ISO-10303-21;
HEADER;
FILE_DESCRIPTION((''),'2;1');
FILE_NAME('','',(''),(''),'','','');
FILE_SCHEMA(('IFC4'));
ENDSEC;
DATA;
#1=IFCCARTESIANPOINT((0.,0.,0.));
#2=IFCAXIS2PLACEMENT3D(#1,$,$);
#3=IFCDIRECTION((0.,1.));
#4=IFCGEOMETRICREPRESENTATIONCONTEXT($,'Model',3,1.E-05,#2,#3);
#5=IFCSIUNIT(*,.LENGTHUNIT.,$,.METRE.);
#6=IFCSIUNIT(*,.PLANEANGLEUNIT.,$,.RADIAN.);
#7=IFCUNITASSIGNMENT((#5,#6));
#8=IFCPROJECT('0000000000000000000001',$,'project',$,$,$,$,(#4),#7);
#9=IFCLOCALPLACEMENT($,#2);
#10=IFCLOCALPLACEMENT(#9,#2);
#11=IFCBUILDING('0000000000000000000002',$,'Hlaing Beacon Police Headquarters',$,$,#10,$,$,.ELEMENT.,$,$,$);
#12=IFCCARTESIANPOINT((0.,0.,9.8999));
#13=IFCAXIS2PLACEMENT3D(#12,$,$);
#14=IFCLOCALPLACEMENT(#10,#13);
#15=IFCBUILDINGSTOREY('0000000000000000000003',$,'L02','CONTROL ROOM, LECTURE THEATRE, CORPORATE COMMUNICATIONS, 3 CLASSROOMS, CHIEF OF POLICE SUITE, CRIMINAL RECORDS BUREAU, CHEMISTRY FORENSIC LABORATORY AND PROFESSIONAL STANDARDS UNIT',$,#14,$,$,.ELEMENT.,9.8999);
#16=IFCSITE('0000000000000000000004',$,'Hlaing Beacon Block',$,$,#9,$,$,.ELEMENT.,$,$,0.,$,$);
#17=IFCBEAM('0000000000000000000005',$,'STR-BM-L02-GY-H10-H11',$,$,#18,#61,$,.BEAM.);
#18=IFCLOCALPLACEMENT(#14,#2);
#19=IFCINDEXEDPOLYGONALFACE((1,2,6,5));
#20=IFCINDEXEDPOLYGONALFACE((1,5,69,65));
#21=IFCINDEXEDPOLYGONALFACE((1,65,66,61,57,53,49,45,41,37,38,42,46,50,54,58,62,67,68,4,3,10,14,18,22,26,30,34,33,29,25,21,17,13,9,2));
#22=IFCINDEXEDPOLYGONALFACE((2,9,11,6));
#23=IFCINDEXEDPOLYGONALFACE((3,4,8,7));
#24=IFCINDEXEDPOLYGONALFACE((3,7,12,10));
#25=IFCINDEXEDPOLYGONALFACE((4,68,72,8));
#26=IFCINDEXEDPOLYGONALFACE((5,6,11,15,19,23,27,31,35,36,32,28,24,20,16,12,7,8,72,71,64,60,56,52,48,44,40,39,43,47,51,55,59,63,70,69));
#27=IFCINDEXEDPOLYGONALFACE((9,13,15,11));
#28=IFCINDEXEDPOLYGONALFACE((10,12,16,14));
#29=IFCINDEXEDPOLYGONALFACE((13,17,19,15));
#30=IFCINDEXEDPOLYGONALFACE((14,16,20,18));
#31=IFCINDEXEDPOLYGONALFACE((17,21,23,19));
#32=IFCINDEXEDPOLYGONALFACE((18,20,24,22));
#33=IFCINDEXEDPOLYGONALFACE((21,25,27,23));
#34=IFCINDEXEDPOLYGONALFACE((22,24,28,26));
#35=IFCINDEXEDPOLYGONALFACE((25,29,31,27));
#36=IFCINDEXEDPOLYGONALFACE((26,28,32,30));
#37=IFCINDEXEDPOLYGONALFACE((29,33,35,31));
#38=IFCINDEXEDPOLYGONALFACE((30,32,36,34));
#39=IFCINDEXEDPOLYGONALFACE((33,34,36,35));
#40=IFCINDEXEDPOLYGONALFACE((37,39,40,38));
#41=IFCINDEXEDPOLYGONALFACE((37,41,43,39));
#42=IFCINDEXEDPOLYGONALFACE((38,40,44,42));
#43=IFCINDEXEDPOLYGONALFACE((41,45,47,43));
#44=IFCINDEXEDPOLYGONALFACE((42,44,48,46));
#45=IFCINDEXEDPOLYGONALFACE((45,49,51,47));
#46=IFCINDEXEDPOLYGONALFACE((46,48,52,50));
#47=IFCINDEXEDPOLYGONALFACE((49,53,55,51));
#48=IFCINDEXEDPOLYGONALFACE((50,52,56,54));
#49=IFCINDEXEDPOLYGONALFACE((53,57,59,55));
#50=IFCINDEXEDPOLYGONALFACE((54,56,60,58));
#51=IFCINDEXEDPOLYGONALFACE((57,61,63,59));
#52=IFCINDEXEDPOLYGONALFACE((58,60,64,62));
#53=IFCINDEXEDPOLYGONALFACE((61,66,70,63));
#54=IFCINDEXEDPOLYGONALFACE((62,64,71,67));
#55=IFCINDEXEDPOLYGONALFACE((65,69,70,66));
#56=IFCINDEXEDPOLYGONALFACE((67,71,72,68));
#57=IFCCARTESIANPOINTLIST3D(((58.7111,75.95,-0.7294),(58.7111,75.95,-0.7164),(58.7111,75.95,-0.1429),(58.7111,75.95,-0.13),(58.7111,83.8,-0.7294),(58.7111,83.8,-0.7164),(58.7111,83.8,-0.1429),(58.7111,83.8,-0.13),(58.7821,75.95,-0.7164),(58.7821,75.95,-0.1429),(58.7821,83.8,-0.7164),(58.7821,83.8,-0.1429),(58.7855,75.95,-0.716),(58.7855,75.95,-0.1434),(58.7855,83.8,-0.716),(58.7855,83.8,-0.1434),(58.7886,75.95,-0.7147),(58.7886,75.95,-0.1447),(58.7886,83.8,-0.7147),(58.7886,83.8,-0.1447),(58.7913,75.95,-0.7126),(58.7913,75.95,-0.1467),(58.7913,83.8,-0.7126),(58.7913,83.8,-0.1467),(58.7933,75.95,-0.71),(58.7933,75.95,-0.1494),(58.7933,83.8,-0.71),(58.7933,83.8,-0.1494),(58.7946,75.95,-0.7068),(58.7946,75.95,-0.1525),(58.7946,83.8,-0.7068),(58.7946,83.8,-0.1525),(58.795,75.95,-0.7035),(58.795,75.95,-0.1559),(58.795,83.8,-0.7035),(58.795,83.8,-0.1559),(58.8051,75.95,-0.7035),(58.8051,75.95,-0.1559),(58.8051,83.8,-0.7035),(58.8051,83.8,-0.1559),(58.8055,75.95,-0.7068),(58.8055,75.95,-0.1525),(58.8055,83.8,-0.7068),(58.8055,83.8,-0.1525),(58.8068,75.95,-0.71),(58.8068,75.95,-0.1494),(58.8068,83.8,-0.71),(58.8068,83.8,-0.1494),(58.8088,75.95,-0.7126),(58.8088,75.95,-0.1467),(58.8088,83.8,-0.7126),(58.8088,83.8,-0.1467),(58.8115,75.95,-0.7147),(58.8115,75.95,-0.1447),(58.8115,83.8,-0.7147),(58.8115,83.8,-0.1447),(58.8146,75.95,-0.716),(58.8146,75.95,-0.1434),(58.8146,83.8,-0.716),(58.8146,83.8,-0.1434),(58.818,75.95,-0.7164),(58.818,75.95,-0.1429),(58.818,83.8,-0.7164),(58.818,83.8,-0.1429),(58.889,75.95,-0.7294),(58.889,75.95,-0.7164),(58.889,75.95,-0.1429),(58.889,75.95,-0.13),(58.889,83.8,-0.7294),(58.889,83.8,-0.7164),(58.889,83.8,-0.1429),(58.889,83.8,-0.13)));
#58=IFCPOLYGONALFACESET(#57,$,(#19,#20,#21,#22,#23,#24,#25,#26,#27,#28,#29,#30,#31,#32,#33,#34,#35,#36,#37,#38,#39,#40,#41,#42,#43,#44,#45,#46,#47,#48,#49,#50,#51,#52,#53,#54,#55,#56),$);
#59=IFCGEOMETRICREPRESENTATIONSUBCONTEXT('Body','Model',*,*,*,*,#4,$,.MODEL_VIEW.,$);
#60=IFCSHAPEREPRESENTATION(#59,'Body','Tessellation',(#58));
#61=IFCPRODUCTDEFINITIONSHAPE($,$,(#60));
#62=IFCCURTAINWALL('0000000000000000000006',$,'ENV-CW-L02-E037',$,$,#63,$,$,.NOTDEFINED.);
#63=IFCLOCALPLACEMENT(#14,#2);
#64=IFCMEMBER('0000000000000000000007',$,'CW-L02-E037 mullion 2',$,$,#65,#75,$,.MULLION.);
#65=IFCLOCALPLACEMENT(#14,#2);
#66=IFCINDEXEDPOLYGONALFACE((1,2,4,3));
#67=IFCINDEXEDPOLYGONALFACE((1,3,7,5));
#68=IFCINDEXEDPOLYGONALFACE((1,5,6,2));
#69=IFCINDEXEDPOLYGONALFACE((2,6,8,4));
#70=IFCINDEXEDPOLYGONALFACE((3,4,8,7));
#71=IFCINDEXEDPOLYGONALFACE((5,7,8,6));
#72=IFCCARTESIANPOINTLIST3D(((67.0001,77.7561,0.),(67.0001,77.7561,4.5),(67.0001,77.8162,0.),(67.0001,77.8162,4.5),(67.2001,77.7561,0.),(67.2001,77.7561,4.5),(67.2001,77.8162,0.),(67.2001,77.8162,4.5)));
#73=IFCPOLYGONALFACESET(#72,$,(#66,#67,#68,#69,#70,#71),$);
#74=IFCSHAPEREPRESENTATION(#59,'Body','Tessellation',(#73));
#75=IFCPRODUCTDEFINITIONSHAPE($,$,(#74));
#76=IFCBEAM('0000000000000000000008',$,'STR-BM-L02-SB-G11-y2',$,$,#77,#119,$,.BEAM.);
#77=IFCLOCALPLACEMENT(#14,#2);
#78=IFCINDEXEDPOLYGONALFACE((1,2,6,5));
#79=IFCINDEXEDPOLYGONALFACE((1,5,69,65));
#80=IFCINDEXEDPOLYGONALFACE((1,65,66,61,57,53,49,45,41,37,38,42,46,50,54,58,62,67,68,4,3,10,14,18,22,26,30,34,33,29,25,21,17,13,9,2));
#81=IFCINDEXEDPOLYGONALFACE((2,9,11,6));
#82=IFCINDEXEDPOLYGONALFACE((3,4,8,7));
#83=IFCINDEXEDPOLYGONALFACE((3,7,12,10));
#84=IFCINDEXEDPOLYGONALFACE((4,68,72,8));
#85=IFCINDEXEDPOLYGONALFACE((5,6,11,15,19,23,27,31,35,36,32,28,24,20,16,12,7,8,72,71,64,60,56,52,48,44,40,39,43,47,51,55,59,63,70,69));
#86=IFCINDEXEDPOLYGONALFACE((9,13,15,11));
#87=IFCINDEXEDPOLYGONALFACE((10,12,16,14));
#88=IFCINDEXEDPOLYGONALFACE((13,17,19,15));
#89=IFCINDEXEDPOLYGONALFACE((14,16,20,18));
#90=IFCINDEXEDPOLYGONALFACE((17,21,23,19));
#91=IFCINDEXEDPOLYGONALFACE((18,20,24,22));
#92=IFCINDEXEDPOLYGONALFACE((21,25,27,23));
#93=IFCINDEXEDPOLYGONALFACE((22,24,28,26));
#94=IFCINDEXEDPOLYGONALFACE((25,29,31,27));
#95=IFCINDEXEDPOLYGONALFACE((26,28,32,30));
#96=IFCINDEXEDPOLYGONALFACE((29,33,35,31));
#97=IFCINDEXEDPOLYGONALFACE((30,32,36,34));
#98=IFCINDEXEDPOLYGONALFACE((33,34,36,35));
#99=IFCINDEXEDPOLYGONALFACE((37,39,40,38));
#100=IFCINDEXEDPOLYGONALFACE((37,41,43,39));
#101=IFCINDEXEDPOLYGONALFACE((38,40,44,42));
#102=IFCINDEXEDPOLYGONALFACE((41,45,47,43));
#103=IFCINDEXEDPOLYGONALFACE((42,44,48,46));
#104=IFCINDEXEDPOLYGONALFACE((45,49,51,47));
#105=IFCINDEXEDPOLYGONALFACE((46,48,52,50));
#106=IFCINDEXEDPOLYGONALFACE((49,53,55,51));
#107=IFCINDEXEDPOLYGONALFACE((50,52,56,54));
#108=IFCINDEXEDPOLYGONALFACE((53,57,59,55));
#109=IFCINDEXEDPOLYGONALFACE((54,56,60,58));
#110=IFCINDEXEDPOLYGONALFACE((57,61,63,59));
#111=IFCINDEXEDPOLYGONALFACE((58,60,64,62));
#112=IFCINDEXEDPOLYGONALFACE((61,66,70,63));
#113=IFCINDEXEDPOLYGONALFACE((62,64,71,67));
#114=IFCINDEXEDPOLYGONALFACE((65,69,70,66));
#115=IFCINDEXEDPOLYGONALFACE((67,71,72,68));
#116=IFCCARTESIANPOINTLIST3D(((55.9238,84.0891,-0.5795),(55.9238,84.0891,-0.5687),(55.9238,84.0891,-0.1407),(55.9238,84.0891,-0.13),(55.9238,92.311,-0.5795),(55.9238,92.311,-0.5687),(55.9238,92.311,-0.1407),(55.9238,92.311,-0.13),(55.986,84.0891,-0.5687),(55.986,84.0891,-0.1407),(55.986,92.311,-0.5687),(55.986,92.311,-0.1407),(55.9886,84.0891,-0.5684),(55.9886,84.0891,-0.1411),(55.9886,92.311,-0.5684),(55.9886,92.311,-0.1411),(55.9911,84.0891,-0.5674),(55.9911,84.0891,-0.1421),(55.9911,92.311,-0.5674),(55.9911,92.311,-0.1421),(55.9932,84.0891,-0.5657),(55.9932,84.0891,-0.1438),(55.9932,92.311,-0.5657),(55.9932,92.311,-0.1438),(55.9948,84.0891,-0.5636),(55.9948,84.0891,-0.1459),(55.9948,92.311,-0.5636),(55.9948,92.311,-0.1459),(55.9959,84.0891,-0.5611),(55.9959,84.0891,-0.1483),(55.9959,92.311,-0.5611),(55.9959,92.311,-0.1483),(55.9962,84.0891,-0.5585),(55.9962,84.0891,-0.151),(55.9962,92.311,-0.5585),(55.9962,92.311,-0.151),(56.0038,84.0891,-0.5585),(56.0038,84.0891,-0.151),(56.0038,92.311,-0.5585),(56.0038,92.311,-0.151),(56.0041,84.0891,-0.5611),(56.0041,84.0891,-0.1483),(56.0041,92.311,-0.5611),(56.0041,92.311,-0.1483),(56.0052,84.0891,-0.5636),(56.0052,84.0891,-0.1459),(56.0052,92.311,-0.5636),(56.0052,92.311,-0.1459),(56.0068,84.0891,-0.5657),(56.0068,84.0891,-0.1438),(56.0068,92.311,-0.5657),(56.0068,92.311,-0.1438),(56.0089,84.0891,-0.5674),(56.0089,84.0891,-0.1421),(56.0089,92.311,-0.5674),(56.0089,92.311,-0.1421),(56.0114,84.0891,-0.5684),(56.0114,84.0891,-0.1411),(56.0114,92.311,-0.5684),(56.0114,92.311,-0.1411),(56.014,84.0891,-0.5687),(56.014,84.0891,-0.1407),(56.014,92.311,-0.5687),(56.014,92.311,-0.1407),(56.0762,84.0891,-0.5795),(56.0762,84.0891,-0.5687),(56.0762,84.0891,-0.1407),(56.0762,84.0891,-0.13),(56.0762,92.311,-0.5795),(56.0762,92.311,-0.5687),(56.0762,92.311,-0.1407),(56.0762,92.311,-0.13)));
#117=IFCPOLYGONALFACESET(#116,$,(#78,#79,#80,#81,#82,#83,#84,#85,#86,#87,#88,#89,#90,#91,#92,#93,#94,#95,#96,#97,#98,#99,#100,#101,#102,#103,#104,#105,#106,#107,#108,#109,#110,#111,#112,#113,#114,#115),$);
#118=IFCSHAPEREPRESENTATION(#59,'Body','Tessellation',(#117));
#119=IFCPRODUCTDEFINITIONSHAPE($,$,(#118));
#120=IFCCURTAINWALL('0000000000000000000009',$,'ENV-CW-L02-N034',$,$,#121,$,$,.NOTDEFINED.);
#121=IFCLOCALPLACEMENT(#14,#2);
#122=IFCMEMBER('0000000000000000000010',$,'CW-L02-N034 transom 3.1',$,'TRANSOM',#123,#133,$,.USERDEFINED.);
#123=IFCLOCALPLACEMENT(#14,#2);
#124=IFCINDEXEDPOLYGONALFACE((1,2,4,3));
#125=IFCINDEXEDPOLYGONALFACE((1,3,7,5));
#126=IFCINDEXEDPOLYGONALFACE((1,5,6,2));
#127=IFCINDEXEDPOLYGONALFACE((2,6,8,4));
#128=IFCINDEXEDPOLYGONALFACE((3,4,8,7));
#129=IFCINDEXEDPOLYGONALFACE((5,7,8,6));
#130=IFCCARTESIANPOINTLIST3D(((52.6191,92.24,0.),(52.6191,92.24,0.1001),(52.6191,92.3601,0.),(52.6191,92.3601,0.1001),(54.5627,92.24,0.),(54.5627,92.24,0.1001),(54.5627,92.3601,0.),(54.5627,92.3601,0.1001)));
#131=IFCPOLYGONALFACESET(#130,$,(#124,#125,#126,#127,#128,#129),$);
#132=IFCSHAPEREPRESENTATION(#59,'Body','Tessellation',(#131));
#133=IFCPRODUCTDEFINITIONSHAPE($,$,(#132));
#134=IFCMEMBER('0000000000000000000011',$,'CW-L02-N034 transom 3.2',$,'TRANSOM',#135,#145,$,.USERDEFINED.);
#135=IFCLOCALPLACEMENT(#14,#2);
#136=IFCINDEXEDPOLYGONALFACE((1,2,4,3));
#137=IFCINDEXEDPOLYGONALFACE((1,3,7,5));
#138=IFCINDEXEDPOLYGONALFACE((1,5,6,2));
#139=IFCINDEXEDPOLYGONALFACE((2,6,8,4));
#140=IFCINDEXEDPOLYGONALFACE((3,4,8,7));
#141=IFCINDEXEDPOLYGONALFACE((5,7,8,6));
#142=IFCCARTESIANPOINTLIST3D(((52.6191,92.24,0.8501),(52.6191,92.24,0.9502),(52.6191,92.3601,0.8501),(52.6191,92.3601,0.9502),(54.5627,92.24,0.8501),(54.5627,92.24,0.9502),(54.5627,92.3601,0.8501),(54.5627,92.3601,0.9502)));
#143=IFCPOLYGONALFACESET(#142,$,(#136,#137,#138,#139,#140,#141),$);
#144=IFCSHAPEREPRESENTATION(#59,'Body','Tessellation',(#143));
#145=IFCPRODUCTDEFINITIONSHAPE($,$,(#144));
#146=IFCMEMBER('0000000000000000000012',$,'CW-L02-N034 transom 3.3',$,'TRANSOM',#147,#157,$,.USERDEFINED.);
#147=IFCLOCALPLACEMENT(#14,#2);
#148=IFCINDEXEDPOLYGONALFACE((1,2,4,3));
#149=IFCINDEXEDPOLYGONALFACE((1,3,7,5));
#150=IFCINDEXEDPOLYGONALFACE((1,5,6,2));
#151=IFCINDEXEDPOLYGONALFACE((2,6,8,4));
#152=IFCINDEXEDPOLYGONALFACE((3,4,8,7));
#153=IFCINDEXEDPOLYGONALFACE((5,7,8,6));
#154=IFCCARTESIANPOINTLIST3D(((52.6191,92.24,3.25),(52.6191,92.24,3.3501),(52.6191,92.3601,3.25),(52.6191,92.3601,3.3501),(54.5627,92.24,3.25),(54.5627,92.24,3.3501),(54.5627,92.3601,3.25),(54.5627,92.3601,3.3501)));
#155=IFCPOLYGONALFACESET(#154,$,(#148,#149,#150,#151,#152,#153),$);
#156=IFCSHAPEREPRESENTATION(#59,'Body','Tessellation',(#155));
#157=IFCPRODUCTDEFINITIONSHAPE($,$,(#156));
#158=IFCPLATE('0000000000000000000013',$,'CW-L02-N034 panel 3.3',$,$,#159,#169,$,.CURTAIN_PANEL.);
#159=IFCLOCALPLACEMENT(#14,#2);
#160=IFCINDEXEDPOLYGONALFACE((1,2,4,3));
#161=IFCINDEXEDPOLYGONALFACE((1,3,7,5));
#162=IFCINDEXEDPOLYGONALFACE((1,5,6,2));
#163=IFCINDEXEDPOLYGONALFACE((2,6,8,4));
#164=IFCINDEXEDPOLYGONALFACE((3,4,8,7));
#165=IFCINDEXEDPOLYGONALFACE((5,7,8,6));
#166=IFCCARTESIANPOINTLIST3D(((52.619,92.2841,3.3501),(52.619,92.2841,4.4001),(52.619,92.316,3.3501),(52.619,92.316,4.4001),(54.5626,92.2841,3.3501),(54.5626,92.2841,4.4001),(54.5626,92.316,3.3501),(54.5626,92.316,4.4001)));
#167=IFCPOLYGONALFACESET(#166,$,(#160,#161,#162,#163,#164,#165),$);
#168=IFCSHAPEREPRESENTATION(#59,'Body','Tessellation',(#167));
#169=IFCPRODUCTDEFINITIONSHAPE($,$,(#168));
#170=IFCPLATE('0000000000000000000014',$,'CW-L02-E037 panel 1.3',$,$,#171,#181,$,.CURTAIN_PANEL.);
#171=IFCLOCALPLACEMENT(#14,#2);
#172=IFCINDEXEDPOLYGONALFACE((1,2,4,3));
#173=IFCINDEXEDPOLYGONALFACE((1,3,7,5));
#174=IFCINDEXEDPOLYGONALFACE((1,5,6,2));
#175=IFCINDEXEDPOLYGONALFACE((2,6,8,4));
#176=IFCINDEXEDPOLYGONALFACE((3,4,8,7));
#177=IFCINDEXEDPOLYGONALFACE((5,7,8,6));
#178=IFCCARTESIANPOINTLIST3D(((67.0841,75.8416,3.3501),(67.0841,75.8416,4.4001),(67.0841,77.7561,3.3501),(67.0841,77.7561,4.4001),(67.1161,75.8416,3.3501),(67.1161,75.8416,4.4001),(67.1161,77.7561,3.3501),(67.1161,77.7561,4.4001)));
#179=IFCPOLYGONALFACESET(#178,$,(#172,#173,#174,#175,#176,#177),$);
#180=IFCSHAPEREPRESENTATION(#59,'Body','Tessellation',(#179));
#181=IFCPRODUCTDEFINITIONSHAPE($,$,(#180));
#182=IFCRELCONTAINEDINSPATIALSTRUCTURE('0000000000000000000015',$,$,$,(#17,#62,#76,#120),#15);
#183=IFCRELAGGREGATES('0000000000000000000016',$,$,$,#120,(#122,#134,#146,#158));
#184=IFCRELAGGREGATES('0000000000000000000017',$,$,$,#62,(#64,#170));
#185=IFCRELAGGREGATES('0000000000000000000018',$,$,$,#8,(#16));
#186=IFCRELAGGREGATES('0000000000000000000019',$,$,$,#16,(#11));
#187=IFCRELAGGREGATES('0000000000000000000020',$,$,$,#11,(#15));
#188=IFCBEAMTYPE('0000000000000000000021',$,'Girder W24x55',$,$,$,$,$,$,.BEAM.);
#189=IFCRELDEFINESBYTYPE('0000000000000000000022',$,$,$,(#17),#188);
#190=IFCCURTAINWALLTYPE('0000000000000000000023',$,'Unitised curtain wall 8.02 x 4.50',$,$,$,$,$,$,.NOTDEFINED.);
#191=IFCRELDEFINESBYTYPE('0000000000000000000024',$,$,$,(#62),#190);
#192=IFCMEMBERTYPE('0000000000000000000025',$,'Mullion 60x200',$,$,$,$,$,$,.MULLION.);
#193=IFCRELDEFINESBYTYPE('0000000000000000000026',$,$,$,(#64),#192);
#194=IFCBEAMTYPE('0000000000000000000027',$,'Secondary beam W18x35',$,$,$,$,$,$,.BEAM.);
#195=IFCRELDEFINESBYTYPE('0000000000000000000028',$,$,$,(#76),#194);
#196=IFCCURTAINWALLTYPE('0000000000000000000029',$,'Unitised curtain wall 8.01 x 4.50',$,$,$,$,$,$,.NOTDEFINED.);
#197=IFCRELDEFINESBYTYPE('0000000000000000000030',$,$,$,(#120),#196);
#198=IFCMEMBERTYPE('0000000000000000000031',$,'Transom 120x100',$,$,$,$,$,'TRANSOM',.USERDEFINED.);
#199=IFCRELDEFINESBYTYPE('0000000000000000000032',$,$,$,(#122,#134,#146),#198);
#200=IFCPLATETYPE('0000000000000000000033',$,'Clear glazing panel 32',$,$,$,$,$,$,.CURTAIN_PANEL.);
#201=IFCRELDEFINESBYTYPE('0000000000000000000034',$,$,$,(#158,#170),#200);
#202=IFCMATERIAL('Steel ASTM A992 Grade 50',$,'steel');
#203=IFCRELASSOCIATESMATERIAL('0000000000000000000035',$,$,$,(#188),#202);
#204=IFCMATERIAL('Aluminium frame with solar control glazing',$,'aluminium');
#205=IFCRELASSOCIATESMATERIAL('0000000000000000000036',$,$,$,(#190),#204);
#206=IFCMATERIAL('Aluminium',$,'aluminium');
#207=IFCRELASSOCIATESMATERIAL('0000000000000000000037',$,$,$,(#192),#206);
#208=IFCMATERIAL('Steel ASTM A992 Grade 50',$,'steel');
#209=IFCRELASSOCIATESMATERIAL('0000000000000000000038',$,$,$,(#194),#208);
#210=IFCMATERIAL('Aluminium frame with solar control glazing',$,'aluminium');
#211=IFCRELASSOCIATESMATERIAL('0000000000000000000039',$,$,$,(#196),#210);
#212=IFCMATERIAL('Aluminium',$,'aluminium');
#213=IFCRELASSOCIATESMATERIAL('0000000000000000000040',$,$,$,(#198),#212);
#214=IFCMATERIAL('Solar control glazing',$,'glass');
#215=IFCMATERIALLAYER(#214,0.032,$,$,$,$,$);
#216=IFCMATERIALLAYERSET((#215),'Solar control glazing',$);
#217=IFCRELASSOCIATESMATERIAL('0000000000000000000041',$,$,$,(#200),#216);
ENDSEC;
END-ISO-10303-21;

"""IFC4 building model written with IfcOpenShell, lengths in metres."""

from ifc_helpers import new_model, si_unit, direction, frame, origin, origin_2d, place, context, subcontext, project, spatial, rectangle, i_section, extrude, material, layer, layer_set, material_profile, profile_set, type_object, element, aggregate, save


model = new_model("IFC4")

# Units and contexts
model_context = context("Model", 3, precision=1e-05, world=origin(), true_north=direction((0.0, 1.0)))
body_context = subcontext(model_context, "Body", "Model", "MODEL_VIEW")
ifc_project = project(units=[si_unit("LENGTHUNIT", "METRE"), si_unit("PLANEANGLEUNIT", "RADIAN")], contexts=[model_context])

# Site, building, storey
site_placement = place(None, origin())
site = spatial("IfcSite", under=ifc_project, at=site_placement, Name="Hlaing Beacon Block", CompositionType="ELEMENT", RefElevation=0.0)
building_placement = place(site_placement, origin())
building = spatial("IfcBuilding", under=site, at=building_placement, Name="Hlaing Beacon Police Headquarters", CompositionType="ELEMENT")
storey_placement = place(building_placement, frame((0.0, 0.0, 9.8999)))
storey = spatial("IfcBuildingStorey", under=building, at=storey_placement, Name="L02", Description="CONTROL ROOM, LECTURE THEATRE, CORPORATE COMMUNICATIONS, 3 CLASSROOMS, CHIEF OF POLICE SUITE, CRIMINAL RECORDS BUREAU, CHEMISTRY FORENSIC LABORATORY AND PROFESSIONAL STANDARDS UNIT", CompositionType="ELEMENT", Elevation=9.8999)

# Beam
ifc_material_1 = material(Name="Steel ASTM A992 Grade 50", Category="steel")
ifc_material_profile_1 = material_profile(ifc_material_1, i_section(OverallWidth=0.178, OverallDepth=0.5994, WebThickness=0.01, FlangeThickness=0.0129, FilletRadius=0.0129, at=origin_2d()), Name="W24x55")
ifc_profile_set_1 = profile_set([ifc_material_profile_1], Name="Steel ASTM A992 Grade 50")
beam_type_1 = type_object("IfcBeamType", Name="Girder W24x55", PredefinedType="BEAM", material=ifc_profile_set_1)
beam_1_placement = place(storey_placement, frame((58.8, 75.95, -0.4297), z_axis=(0.0, 1.0, 0.0), x_axis=(-1.0, 0.0, 0.0)))
element("IfcBeam", 1, at=beam_1_placement, inside=storey, type_object=beam_type_1, Name="STR-BM-L02-GY-H10-H11", PredefinedType="BEAM", context=body_context, shape_type="SweptSolid", body=[
    extrude(i_section(OverallWidth=0.178, OverallDepth=0.5994, WebThickness=0.01, FlangeThickness=0.0129, FilletRadius=0.0129, at=origin_2d()), origin(), (0.0, 0.0, 1.0), 7.8501),
])

# Curtain wall, member
ifc_material_2 = material(Name="Aluminium frame with solar control glazing", Category="aluminium")
curtain_wall_type_1 = type_object("IfcCurtainWallType", Name="Unitised curtain wall 8.02 x 4.50", PredefinedType="NOTDEFINED", material=ifc_material_2)
curtain_wall_1_placement = place(storey_placement, origin())
curtain_wall_1 = element("IfcCurtainWall", 2, at=curtain_wall_1_placement, inside=storey, type_object=curtain_wall_type_1, Name="ENV-CW-L02-E037", PredefinedType="NOTDEFINED")
ifc_material_3 = material(Name="Aluminium", Category="aluminium")
ifc_material_profile_2 = material_profile(ifc_material_3, rectangle(XDim=0.2, YDim=0.0601, at=origin_2d()), Name="Mullion 60x200")
ifc_profile_set_2 = profile_set([ifc_material_profile_2], Name="Aluminium")
member_type_1 = type_object("IfcMemberType", Name="Mullion 60x200", PredefinedType="MULLION", material=ifc_profile_set_2)
member_1_placement = place(storey_placement, frame((67.1001, 77.7861, 0.0), z_axis=(0.0, 0.0, 1.0), x_axis=(-1.0, 0.0, 0.0)))
member_1 = element("IfcMember", 3, at=member_1_placement, type_object=member_type_1, Name="CW-L02-E037 mullion 2", PredefinedType="MULLION", context=body_context, shape_type="SweptSolid", body=[
    extrude(rectangle(XDim=0.2, YDim=0.0601, at=origin_2d()), origin(), (0.0, 0.0, 1.0), 4.5),
])

# Beam
ifc_material_4 = material(Name="Steel ASTM A992 Grade 50", Category="steel")
ifc_material_profile_3 = material_profile(ifc_material_4, i_section(OverallWidth=0.1523, OverallDepth=0.4495, WebThickness=0.0076, FlangeThickness=0.0107, FilletRadius=0.0103, at=origin_2d()), Name="W18x35")
ifc_profile_set_3 = profile_set([ifc_material_profile_3], Name="Steel ASTM A992 Grade 50")
beam_type_2 = type_object("IfcBeamType", Name="Secondary beam W18x35", PredefinedType="BEAM", material=ifc_profile_set_3)
beam_2_placement = place(storey_placement, frame((56.0, 84.0891, -0.3547), z_axis=(0.0, 1.0, 0.0), x_axis=(-1.0, 0.0, 0.0)))
element("IfcBeam", 4, at=beam_2_placement, inside=storey, type_object=beam_type_2, Name="STR-BM-L02-SB-G11-y2", PredefinedType="BEAM", context=body_context, shape_type="SweptSolid", body=[
    extrude(i_section(OverallWidth=0.1523, OverallDepth=0.4495, WebThickness=0.0076, FlangeThickness=0.0107, FilletRadius=0.0103, at=origin_2d()), origin(), (0.0, 0.0, 1.0), 8.2219),
])

# Curtain wall, members, plate
ifc_material_5 = material(Name="Aluminium frame with solar control glazing", Category="aluminium")
curtain_wall_type_2 = type_object("IfcCurtainWallType", Name="Unitised curtain wall 8.01 x 4.50", PredefinedType="NOTDEFINED", material=ifc_material_5)
curtain_wall_2_placement = place(storey_placement, origin())
curtain_wall_2 = element("IfcCurtainWall", 5, at=curtain_wall_2_placement, inside=storey, type_object=curtain_wall_type_2, Name="ENV-CW-L02-N034", PredefinedType="NOTDEFINED")
ifc_material_6 = material(Name="Aluminium", Category="aluminium")
ifc_material_profile_4 = material_profile(ifc_material_6, rectangle(XDim=0.1201, YDim=0.1001, at=origin_2d()), Name="Transom 120x100")
ifc_profile_set_4 = profile_set([ifc_material_profile_4], Name="Aluminium")
member_type_2 = type_object("IfcMemberType", Name="Transom 120x100", ElementType="TRANSOM", PredefinedType="USERDEFINED", material=ifc_profile_set_4)
member_2_placement = place(storey_placement, frame((54.5627, 92.3, 0.05), z_axis=(-1.0, 0.0, 0.0), x_axis=(0.0, -1.0, 0.0)))
member_2 = element("IfcMember", 6, at=member_2_placement, type_object=member_type_2, Name="CW-L02-N034 transom 3.1", ObjectType="TRANSOM", PredefinedType="USERDEFINED", context=body_context, shape_type="SweptSolid", body=[
    extrude(rectangle(XDim=0.1201, YDim=0.1001, at=origin_2d()), origin(), (0.0, 0.0, 1.0), 1.9436),
])
member_3_placement = place(storey_placement, frame((54.5627, 92.3, 0.9001), z_axis=(-1.0, 0.0, 0.0), x_axis=(0.0, -1.0, 0.0)))
member_3 = element("IfcMember", 7, at=member_3_placement, type_object=member_type_2, Name="CW-L02-N034 transom 3.2", ObjectType="TRANSOM", PredefinedType="USERDEFINED", context=body_context, shape_type="SweptSolid", body=[
    extrude(rectangle(XDim=0.1201, YDim=0.1001, at=origin_2d()), origin(), (0.0, 0.0, 1.0), 1.9436),
])
member_4_placement = place(storey_placement, frame((54.5627, 92.3, 3.3), z_axis=(-1.0, 0.0, 0.0), x_axis=(0.0, -1.0, 0.0)))
member_4 = element("IfcMember", 8, at=member_4_placement, type_object=member_type_2, Name="CW-L02-N034 transom 3.3", ObjectType="TRANSOM", PredefinedType="USERDEFINED", context=body_context, shape_type="SweptSolid", body=[
    extrude(rectangle(XDim=0.1201, YDim=0.1001, at=origin_2d()), origin(), (0.0, 0.0, 1.0), 1.9436),
])
ifc_material_7 = material(Name="Solar control glazing", Category="glass")
ifc_layer_1 = layer(ifc_material_7, 0.032)
ifc_layer_set_1 = layer_set([ifc_layer_1], Name="Solar control glazing")
plate_type_1 = type_object("IfcPlateType", Name="Clear glazing panel 32", PredefinedType="CURTAIN_PANEL", material=ifc_layer_set_1)
plate_1_placement = place(storey_placement, frame((53.5908, 92.3, 3.3501), z_axis=(0.0, 0.0, 1.0), x_axis=(-1.0, 0.0, 0.0)))
plate_1 = element("IfcPlate", 9, at=plate_1_placement, type_object=plate_type_1, Name="CW-L02-N034 panel 3.3", PredefinedType="CURTAIN_PANEL", context=body_context, shape_type="SweptSolid", body=[
    extrude(rectangle(XDim=1.9436, YDim=0.032, at=origin_2d()), origin(), (0.0, 0.0, 1.0), 1.05),
])

# Plate
plate_2_placement = place(storey_placement, frame((67.1001, 76.7988, 3.3501), z_axis=(0.0, 0.0, 1.0), x_axis=(0.0, 1.0, 0.0)))
plate_2 = element("IfcPlate", 10, at=plate_2_placement, type_object=plate_type_1, Name="CW-L02-E037 panel 1.3", PredefinedType="CURTAIN_PANEL", context=body_context, shape_type="SweptSolid", body=[
    extrude(rectangle(XDim=1.9146, YDim=0.032, at=origin_2d()), origin(), (0.0, 0.0, 1.0), 1.05),
])
aggregate(curtain_wall_2, [member_2, member_3, member_4, plate_1])
aggregate(curtain_wall_1, [member_1, plate_2])

save(model, "model.ifc")
